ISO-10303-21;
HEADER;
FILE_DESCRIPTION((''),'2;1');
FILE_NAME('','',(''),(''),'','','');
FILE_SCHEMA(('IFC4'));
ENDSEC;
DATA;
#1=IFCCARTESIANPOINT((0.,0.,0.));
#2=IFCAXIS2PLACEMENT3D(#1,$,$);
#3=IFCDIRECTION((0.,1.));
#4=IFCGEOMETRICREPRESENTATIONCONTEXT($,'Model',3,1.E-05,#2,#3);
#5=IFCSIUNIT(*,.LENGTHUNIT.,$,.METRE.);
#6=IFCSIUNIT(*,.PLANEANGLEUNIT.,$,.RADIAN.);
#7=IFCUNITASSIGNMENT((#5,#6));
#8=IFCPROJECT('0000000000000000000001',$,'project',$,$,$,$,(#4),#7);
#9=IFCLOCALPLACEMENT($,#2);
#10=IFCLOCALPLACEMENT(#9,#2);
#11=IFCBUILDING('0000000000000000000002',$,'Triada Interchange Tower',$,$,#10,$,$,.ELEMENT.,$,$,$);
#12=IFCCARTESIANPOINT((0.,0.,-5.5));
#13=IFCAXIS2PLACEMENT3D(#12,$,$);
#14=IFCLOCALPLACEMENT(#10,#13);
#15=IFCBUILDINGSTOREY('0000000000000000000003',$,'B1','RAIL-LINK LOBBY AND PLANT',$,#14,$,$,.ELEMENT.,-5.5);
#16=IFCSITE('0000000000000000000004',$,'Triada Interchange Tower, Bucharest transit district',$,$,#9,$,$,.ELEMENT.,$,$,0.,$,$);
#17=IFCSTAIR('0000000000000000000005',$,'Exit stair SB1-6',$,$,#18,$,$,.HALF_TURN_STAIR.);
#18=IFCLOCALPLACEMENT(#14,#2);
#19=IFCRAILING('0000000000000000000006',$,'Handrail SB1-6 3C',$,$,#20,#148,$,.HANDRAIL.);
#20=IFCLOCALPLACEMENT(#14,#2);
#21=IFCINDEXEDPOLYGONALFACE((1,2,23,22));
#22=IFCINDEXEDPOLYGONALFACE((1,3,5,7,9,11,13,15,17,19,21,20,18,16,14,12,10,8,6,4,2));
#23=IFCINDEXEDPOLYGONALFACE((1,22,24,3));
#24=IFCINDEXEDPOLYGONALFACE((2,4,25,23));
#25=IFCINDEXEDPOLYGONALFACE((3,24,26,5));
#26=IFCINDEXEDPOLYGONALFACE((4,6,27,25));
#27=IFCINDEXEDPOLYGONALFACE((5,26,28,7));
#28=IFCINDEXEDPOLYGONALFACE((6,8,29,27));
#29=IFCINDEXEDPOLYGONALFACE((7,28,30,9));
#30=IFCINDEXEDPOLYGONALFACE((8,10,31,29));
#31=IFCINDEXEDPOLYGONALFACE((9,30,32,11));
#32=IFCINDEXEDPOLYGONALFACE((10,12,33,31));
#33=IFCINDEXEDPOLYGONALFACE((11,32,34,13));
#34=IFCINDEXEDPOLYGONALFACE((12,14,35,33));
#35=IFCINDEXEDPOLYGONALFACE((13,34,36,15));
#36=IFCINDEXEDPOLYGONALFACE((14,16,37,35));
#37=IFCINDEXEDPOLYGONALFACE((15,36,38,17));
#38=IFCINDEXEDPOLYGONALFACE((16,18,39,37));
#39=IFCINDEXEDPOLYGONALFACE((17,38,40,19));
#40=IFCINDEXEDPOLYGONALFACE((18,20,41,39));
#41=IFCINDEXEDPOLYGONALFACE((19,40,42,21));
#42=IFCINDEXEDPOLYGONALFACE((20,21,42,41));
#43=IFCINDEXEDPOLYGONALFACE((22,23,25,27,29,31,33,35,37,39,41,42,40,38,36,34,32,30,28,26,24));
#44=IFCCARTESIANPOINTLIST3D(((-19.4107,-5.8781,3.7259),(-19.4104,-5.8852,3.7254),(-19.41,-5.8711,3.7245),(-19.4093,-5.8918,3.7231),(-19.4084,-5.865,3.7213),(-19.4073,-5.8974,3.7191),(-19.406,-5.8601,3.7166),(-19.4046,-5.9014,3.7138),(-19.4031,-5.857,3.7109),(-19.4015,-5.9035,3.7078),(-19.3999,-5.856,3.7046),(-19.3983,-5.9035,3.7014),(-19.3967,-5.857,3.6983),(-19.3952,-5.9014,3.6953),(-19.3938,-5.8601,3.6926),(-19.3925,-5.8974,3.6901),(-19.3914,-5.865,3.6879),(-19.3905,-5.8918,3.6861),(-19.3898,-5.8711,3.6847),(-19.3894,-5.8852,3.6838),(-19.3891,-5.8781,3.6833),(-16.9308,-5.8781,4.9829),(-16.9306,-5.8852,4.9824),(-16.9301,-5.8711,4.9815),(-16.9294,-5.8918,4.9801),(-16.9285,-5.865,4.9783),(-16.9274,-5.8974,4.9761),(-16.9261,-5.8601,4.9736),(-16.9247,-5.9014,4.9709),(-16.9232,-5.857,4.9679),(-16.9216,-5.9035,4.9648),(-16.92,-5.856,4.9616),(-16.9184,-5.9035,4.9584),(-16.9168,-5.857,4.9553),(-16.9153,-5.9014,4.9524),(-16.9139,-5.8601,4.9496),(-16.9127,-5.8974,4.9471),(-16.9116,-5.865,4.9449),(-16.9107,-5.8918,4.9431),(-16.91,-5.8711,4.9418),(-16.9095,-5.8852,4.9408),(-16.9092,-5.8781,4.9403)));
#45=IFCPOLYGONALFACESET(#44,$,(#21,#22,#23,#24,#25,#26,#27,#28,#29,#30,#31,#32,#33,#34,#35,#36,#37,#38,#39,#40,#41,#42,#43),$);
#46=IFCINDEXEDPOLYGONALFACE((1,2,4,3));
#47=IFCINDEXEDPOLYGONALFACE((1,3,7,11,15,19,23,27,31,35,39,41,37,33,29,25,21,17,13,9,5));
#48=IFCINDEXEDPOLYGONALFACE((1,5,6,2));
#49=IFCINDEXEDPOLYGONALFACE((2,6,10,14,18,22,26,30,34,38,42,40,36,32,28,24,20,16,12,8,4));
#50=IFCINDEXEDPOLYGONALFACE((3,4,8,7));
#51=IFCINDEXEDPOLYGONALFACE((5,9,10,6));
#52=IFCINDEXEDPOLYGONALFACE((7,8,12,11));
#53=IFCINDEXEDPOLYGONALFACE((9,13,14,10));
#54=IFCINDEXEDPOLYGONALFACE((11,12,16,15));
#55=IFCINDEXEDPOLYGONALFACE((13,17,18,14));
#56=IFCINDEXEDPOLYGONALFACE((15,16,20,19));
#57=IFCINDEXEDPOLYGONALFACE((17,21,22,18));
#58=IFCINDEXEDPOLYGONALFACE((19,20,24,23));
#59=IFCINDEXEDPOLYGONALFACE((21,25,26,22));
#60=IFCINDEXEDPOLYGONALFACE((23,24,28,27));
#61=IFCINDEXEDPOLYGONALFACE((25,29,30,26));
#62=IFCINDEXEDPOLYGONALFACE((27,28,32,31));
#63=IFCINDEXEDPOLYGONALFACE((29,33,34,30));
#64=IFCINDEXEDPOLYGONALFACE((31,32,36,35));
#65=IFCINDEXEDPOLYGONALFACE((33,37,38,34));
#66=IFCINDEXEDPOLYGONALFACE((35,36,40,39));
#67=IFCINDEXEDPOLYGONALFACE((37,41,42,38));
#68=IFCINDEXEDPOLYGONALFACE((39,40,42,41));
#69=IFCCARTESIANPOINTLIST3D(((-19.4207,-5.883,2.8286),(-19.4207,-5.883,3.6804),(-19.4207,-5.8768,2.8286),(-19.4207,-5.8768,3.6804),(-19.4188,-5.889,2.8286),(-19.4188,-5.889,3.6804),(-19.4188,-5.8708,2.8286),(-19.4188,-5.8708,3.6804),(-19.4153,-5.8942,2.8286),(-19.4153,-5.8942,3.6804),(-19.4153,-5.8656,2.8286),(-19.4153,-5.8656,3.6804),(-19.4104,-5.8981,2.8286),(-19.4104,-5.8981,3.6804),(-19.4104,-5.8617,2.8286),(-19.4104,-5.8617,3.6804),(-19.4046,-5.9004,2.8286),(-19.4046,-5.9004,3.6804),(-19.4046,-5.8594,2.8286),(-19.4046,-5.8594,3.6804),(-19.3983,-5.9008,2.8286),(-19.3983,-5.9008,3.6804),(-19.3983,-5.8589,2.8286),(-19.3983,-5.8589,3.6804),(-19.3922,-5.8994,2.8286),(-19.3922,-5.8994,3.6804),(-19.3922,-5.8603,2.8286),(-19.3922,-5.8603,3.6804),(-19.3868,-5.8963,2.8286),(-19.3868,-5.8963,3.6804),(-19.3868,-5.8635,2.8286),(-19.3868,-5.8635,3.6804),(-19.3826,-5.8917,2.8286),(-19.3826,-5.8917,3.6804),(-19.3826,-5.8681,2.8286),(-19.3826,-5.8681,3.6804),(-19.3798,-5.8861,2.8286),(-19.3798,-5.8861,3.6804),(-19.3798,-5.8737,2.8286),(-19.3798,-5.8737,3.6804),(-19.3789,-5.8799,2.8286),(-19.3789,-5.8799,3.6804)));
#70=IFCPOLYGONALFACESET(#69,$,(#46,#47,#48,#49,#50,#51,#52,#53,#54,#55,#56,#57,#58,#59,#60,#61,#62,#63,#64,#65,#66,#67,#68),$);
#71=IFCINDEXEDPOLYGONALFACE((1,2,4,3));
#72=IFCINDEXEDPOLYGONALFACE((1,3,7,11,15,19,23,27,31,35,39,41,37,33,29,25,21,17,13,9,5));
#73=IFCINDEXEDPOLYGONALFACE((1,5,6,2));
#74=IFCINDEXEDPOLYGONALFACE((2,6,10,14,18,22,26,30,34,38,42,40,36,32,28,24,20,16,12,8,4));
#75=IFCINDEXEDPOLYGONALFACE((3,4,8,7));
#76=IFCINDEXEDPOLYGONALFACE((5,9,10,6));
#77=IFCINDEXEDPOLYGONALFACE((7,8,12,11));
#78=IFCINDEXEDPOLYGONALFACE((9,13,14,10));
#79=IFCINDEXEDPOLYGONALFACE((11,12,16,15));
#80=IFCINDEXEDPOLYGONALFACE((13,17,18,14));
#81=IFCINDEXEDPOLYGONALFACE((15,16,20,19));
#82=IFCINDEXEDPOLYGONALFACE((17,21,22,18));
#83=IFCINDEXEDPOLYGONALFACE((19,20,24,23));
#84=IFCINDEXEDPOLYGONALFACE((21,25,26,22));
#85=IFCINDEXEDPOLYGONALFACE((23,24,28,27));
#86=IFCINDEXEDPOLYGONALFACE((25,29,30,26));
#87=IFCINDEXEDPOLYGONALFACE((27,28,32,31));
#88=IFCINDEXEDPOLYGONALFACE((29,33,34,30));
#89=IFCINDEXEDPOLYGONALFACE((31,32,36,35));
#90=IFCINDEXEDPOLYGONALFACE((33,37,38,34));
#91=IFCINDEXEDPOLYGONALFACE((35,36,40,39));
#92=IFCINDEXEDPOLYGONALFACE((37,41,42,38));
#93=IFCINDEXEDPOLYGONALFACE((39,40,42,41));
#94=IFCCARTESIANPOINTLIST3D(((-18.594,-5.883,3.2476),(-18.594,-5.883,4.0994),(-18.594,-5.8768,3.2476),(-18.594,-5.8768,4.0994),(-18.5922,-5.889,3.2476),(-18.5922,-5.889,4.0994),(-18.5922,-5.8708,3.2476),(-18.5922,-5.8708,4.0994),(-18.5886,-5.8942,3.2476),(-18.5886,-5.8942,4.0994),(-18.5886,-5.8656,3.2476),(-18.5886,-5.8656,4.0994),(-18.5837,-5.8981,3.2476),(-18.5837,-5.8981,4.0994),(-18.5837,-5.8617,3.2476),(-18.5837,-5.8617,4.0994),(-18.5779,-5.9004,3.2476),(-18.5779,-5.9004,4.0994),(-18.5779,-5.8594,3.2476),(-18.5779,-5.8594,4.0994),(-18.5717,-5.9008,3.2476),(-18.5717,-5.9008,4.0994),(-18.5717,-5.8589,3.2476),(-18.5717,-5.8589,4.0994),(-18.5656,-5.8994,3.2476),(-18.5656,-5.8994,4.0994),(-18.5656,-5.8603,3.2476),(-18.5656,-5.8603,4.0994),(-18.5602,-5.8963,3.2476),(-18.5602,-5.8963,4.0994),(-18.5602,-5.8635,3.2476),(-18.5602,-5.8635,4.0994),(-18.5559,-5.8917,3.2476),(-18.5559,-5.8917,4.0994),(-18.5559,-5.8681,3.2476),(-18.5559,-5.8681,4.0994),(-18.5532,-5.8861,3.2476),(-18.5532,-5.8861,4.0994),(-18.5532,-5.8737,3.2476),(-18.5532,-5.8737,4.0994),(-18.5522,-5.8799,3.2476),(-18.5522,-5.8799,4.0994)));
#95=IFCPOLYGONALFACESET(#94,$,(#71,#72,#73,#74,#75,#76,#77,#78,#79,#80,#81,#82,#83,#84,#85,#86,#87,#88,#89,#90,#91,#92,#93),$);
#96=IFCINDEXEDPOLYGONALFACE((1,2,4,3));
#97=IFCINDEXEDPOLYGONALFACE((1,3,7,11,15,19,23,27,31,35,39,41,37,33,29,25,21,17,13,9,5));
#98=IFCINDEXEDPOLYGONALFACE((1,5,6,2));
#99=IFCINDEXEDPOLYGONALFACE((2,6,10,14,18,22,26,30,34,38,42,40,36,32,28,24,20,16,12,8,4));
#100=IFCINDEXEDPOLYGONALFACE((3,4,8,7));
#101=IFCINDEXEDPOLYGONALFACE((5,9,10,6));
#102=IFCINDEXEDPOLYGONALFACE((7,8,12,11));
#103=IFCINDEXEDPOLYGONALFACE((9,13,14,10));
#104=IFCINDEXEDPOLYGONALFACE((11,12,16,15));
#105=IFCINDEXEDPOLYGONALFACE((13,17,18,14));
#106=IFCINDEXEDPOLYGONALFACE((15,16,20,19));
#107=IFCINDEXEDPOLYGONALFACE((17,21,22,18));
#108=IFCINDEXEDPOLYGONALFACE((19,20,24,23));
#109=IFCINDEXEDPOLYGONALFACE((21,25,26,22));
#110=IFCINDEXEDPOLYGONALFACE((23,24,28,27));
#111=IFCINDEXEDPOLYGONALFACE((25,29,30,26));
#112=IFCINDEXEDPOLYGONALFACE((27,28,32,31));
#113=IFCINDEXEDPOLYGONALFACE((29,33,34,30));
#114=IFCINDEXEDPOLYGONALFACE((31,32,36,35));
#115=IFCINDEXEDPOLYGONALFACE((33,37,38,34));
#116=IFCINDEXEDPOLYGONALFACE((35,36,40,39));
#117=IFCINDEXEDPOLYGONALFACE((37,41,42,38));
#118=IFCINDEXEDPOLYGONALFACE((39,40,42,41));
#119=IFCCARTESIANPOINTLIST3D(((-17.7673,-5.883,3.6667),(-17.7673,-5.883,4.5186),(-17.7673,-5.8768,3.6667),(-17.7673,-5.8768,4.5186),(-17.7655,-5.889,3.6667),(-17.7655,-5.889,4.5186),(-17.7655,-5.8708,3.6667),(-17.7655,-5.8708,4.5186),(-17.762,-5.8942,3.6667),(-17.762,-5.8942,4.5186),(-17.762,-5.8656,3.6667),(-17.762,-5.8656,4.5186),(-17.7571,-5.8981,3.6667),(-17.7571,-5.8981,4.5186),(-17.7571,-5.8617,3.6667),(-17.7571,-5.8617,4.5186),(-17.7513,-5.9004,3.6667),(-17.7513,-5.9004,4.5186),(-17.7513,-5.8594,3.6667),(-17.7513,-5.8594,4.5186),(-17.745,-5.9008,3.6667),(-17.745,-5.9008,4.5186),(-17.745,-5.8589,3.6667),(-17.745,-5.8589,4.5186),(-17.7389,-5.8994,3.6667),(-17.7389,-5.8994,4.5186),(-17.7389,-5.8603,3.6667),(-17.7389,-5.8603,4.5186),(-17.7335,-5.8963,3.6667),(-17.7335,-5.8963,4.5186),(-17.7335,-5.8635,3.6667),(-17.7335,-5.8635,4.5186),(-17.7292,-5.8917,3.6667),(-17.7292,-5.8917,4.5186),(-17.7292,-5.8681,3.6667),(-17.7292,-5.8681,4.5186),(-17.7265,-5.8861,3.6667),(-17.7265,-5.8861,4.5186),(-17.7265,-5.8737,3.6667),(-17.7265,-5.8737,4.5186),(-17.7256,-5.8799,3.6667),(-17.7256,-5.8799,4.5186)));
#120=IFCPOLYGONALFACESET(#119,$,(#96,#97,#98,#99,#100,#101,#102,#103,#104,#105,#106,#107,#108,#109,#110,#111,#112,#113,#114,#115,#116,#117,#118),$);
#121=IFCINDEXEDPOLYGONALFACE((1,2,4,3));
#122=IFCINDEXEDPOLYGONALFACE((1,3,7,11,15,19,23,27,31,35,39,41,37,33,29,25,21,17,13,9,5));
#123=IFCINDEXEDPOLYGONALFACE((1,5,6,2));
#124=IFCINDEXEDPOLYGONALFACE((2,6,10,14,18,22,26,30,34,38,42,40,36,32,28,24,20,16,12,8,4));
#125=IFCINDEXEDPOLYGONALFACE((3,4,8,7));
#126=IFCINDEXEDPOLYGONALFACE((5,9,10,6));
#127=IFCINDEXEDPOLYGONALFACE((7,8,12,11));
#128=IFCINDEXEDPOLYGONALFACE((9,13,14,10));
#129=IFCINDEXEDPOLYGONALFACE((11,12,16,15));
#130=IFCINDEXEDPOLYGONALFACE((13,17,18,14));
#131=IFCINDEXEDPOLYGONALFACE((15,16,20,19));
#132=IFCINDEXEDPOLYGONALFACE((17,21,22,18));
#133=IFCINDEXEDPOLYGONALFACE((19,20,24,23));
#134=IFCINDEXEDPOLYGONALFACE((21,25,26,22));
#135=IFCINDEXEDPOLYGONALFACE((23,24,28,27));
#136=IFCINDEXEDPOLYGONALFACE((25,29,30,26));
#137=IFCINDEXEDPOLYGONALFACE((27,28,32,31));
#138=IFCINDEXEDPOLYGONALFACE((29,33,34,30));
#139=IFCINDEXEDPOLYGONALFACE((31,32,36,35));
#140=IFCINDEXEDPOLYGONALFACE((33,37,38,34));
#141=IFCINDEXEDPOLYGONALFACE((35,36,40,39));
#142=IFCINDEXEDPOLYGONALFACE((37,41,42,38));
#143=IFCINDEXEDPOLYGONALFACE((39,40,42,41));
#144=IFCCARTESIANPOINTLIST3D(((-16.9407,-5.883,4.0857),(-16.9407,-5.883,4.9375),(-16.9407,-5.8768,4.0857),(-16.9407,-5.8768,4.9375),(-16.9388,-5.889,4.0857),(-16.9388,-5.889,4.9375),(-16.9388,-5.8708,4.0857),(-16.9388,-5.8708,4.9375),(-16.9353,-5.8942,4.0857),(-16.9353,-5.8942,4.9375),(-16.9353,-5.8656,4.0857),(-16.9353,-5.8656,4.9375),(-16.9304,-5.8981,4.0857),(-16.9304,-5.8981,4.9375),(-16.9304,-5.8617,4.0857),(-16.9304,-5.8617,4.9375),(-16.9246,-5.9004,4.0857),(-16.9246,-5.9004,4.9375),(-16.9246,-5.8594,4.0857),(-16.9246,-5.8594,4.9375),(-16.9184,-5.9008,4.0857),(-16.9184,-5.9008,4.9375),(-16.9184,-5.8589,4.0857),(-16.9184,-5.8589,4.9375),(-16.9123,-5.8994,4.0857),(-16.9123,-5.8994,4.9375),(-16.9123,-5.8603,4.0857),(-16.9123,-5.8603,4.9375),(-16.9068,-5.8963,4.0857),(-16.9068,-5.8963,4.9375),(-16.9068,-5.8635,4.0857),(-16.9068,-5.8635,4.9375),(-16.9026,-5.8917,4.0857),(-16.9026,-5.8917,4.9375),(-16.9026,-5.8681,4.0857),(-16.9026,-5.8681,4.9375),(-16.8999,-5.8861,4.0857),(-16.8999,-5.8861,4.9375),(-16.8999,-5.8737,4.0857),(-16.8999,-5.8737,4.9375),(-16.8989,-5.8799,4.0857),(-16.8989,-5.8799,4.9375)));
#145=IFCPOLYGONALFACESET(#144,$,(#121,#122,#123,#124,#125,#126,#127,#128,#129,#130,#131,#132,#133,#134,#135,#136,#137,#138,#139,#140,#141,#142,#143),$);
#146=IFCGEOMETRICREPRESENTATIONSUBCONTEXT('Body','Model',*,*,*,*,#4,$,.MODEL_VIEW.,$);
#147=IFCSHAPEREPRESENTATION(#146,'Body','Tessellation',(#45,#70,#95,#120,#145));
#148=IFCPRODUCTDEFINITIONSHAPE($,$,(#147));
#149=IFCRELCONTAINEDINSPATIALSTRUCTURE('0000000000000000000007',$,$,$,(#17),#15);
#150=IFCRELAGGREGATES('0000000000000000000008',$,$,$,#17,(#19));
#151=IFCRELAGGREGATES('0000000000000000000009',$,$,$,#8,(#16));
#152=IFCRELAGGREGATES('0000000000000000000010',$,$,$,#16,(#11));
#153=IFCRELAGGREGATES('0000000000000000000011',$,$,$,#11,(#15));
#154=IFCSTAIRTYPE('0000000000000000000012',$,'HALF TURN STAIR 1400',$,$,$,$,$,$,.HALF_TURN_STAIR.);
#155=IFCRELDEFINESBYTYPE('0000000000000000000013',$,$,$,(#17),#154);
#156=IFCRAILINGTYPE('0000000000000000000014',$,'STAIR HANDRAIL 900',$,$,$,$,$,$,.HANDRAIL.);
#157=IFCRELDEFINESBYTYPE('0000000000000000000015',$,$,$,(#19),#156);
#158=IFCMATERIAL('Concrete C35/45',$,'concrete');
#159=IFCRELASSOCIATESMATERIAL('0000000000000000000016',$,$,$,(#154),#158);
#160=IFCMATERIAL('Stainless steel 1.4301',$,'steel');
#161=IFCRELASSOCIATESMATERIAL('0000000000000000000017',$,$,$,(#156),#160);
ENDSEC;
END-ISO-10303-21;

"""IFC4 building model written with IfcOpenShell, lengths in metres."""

from ifc_helpers import new_model, si_unit, direction, frame, origin, origin_2d, place, context, subcontext, project, spatial, circle, extrude, material, type_object, element, aggregate, save


model = new_model("IFC4")

# Units and contexts
model_context = context("Model", 3, precision=1e-05, world=origin(), true_north=direction((0.0, 1.0)))
body_context = subcontext(model_context, "Body", "Model", "MODEL_VIEW")
ifc_project = project(units=[si_unit("LENGTHUNIT", "METRE"), si_unit("PLANEANGLEUNIT", "RADIAN")], contexts=[model_context])

# Site, building, storey
site_placement = place(None, origin())
site = spatial("IfcSite", under=ifc_project, at=site_placement, Name="Triada Interchange Tower, Bucharest transit district", CompositionType="ELEMENT", RefElevation=0.0)
building_placement = place(site_placement, origin())
building = spatial("IfcBuilding", under=site, at=building_placement, Name="Triada Interchange Tower", CompositionType="ELEMENT")
storey_placement = place(building_placement, frame((0.0, 0.0, -5.5)))
storey = spatial("IfcBuildingStorey", under=building, at=storey_placement, Name="B1", Description="RAIL-LINK LOBBY AND PLANT", CompositionType="ELEMENT", Elevation=-5.5)

# Stair, railing
ifc_material_1 = material(Name="Concrete C35/45", Category="concrete")
stair_type = type_object("IfcStairType", Name="HALF TURN STAIR 1400", PredefinedType="HALF_TURN_STAIR", material=ifc_material_1)
stair_placement = place(storey_placement, origin())
stair = element("IfcStair", 1, at=stair_placement, inside=storey, type_object=stair_type, Name="Exit stair SB1-6", PredefinedType="HALF_TURN_STAIR")
ifc_material_2 = material(Name="Stainless steel 1.4301", Category="steel")
railing_type = type_object("IfcRailingType", Name="STAIR HANDRAIL 900", PredefinedType="HANDRAIL", material=ifc_material_2)
railing_1_placement = place(storey_placement, frame((-19.3999, -5.8799, 2.8286)))
railing_1 = element("IfcRailing", 2, at=railing_1_placement, type_object=railing_type, Name="Handrail SB1-6 3C", PredefinedType="HANDRAIL", context=body_context, shape_type="SweptSolid", body=[
    extrude(circle(Radius=0.0239, at=origin_2d()), frame((0.0, 0.0, 0.876), z_axis=(0.891955, 0.0, 0.452124), x_axis=(0.0, 1.0, 0.0)), (0.0, 0.0, 1.0), 2.7803),
    extrude(circle(Radius=0.021, at=origin_2d()), origin(), (0.0, 0.0, 1.0), 0.8518),
    extrude(circle(Radius=0.021, at=origin_2d()), frame((0.8267, 0.0, 0.4189)), (0.0, 0.0, 1.0), 0.8518),
    extrude(circle(Radius=0.021, at=origin_2d()), frame((1.6533, 0.0, 0.8381)), (0.0, 0.0, 1.0), 0.8518),
    extrude(circle(Radius=0.021, at=origin_2d()), frame((2.48, 0.0, 1.2571)), (0.0, 0.0, 1.0), 0.8518),
])
aggregate(stair, [railing_1])

save(model, "model.ifc")
